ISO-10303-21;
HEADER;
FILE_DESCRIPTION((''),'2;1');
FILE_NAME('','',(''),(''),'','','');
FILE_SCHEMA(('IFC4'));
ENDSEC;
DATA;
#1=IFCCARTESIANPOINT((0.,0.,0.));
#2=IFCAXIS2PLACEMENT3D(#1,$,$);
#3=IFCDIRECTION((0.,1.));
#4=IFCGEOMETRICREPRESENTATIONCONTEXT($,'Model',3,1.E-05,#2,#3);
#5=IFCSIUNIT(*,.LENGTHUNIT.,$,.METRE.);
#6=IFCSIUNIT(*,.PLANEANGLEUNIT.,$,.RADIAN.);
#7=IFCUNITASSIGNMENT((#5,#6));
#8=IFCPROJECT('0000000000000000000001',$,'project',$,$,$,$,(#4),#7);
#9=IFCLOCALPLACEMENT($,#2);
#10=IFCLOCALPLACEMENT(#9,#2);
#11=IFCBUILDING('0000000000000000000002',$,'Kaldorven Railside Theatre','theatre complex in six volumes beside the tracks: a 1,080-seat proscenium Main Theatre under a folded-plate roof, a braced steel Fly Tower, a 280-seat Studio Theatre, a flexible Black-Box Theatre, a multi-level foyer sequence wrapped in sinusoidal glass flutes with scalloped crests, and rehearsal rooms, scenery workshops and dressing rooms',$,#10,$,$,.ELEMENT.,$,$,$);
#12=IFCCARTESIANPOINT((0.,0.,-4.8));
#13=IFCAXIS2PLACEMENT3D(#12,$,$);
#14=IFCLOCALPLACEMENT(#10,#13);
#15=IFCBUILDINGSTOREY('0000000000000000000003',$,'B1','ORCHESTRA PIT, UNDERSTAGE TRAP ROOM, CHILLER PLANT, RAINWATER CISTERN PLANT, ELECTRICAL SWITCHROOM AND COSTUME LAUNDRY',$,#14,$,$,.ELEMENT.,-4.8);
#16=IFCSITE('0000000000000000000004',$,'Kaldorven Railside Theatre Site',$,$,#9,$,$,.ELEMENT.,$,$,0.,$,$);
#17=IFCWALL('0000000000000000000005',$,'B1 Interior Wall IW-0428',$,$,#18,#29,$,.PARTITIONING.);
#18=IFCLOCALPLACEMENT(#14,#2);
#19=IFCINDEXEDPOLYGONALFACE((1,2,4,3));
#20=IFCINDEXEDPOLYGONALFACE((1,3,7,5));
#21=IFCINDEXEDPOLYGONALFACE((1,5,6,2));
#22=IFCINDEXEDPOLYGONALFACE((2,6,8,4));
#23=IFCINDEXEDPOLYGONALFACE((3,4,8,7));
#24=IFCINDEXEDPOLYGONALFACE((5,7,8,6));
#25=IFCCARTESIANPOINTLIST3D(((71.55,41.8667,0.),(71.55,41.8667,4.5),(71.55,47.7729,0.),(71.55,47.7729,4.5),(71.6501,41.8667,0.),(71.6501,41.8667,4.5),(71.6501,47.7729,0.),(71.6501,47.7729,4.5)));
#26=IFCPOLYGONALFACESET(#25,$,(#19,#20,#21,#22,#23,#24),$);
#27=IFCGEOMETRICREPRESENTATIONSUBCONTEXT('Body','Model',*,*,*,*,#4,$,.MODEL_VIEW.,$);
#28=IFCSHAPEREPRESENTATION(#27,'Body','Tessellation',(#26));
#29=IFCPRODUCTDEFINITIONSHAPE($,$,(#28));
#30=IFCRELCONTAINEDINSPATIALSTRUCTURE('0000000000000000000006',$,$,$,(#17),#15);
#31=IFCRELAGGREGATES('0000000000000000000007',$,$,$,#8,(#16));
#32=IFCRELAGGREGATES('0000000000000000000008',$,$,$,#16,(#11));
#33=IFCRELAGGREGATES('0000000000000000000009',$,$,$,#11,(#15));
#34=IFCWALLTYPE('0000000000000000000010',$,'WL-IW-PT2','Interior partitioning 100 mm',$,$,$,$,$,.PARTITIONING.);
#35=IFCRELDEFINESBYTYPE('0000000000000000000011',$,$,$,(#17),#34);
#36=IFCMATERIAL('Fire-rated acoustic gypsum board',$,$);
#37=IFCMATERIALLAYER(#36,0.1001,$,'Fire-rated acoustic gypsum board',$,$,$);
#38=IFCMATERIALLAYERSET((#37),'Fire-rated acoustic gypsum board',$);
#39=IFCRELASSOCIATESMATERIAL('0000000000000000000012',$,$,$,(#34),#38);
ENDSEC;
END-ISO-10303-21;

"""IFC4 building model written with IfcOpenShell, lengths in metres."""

from ifc_helpers import new_model, si_unit, direction, frame, frame_2d, origin, place, context, subcontext, project, spatial, rectangle, extrude, material, layer, layer_set, type_object, element, save


model = new_model("IFC4")

# Units and contexts
model_context = context("Model", 3, precision=1e-05, world=origin(), true_north=direction((0.0, 1.0)))
body_context = subcontext(model_context, "Body", "Model", "MODEL_VIEW")
ifc_project = project(units=[si_unit("LENGTHUNIT", "METRE"), si_unit("PLANEANGLEUNIT", "RADIAN")], contexts=[model_context])

# Site, building, storey
site_placement = place(None, origin())
site = spatial("IfcSite", under=ifc_project, at=site_placement, Name="Kaldorven Railside Theatre Site", CompositionType="ELEMENT", RefElevation=0.0)
building_placement = place(site_placement, origin())
building = spatial("IfcBuilding", under=site, at=building_placement, Name="Kaldorven Railside Theatre", Description="theatre complex in six volumes beside the tracks: a 1,080-seat proscenium Main Theatre under a folded-plate roof, a braced steel Fly Tower, a 280-seat Studio Theatre, a flexible Black-Box Theatre, a multi-level foyer sequence wrapped in sinusoidal glass flutes with scalloped crests, and rehearsal rooms, scenery workshops and dressing rooms", CompositionType="ELEMENT")
storey_placement = place(building_placement, frame((0.0, 0.0, -4.8)))
storey = spatial("IfcBuildingStorey", under=building, at=storey_placement, Name="B1", Description="ORCHESTRA PIT, UNDERSTAGE TRAP ROOM, CHILLER PLANT, RAINWATER CISTERN PLANT, ELECTRICAL SWITCHROOM AND COSTUME LAUNDRY", CompositionType="ELEMENT", Elevation=-4.8)

# Wall
ifc_material_1 = material(Name="Fire-rated acoustic gypsum board")
ifc_layer_1 = layer(ifc_material_1, 0.1001, Name="Fire-rated acoustic gypsum board")
ifc_layer_set_1 = layer_set([ifc_layer_1], Name="Fire-rated acoustic gypsum board")
wall_type_1 = type_object("IfcWallType", Name="WL-IW-PT2", Description="Interior partitioning 100 mm", PredefinedType="PARTITIONING", material=ifc_layer_set_1)
wall_1_placement = place(storey_placement, frame((71.6001, 41.8667, 0.0), z_axis=(0.0, 0.0, 1.0), x_axis=(0.0, 1.0, 0.0)))
element("IfcWall", 1, at=wall_1_placement, inside=storey, type_object=wall_type_1, Name="B1 Interior Wall IW-0428", PredefinedType="PARTITIONING", context=body_context, shape_type="SweptSolid", body=[
    extrude(rectangle(XDim=5.9062, YDim=0.1001, at=frame_2d((2.9531, 0.0))), origin(), (0.0, 0.0, 1.0), 4.5),
])

save(model, "model.ifc")
